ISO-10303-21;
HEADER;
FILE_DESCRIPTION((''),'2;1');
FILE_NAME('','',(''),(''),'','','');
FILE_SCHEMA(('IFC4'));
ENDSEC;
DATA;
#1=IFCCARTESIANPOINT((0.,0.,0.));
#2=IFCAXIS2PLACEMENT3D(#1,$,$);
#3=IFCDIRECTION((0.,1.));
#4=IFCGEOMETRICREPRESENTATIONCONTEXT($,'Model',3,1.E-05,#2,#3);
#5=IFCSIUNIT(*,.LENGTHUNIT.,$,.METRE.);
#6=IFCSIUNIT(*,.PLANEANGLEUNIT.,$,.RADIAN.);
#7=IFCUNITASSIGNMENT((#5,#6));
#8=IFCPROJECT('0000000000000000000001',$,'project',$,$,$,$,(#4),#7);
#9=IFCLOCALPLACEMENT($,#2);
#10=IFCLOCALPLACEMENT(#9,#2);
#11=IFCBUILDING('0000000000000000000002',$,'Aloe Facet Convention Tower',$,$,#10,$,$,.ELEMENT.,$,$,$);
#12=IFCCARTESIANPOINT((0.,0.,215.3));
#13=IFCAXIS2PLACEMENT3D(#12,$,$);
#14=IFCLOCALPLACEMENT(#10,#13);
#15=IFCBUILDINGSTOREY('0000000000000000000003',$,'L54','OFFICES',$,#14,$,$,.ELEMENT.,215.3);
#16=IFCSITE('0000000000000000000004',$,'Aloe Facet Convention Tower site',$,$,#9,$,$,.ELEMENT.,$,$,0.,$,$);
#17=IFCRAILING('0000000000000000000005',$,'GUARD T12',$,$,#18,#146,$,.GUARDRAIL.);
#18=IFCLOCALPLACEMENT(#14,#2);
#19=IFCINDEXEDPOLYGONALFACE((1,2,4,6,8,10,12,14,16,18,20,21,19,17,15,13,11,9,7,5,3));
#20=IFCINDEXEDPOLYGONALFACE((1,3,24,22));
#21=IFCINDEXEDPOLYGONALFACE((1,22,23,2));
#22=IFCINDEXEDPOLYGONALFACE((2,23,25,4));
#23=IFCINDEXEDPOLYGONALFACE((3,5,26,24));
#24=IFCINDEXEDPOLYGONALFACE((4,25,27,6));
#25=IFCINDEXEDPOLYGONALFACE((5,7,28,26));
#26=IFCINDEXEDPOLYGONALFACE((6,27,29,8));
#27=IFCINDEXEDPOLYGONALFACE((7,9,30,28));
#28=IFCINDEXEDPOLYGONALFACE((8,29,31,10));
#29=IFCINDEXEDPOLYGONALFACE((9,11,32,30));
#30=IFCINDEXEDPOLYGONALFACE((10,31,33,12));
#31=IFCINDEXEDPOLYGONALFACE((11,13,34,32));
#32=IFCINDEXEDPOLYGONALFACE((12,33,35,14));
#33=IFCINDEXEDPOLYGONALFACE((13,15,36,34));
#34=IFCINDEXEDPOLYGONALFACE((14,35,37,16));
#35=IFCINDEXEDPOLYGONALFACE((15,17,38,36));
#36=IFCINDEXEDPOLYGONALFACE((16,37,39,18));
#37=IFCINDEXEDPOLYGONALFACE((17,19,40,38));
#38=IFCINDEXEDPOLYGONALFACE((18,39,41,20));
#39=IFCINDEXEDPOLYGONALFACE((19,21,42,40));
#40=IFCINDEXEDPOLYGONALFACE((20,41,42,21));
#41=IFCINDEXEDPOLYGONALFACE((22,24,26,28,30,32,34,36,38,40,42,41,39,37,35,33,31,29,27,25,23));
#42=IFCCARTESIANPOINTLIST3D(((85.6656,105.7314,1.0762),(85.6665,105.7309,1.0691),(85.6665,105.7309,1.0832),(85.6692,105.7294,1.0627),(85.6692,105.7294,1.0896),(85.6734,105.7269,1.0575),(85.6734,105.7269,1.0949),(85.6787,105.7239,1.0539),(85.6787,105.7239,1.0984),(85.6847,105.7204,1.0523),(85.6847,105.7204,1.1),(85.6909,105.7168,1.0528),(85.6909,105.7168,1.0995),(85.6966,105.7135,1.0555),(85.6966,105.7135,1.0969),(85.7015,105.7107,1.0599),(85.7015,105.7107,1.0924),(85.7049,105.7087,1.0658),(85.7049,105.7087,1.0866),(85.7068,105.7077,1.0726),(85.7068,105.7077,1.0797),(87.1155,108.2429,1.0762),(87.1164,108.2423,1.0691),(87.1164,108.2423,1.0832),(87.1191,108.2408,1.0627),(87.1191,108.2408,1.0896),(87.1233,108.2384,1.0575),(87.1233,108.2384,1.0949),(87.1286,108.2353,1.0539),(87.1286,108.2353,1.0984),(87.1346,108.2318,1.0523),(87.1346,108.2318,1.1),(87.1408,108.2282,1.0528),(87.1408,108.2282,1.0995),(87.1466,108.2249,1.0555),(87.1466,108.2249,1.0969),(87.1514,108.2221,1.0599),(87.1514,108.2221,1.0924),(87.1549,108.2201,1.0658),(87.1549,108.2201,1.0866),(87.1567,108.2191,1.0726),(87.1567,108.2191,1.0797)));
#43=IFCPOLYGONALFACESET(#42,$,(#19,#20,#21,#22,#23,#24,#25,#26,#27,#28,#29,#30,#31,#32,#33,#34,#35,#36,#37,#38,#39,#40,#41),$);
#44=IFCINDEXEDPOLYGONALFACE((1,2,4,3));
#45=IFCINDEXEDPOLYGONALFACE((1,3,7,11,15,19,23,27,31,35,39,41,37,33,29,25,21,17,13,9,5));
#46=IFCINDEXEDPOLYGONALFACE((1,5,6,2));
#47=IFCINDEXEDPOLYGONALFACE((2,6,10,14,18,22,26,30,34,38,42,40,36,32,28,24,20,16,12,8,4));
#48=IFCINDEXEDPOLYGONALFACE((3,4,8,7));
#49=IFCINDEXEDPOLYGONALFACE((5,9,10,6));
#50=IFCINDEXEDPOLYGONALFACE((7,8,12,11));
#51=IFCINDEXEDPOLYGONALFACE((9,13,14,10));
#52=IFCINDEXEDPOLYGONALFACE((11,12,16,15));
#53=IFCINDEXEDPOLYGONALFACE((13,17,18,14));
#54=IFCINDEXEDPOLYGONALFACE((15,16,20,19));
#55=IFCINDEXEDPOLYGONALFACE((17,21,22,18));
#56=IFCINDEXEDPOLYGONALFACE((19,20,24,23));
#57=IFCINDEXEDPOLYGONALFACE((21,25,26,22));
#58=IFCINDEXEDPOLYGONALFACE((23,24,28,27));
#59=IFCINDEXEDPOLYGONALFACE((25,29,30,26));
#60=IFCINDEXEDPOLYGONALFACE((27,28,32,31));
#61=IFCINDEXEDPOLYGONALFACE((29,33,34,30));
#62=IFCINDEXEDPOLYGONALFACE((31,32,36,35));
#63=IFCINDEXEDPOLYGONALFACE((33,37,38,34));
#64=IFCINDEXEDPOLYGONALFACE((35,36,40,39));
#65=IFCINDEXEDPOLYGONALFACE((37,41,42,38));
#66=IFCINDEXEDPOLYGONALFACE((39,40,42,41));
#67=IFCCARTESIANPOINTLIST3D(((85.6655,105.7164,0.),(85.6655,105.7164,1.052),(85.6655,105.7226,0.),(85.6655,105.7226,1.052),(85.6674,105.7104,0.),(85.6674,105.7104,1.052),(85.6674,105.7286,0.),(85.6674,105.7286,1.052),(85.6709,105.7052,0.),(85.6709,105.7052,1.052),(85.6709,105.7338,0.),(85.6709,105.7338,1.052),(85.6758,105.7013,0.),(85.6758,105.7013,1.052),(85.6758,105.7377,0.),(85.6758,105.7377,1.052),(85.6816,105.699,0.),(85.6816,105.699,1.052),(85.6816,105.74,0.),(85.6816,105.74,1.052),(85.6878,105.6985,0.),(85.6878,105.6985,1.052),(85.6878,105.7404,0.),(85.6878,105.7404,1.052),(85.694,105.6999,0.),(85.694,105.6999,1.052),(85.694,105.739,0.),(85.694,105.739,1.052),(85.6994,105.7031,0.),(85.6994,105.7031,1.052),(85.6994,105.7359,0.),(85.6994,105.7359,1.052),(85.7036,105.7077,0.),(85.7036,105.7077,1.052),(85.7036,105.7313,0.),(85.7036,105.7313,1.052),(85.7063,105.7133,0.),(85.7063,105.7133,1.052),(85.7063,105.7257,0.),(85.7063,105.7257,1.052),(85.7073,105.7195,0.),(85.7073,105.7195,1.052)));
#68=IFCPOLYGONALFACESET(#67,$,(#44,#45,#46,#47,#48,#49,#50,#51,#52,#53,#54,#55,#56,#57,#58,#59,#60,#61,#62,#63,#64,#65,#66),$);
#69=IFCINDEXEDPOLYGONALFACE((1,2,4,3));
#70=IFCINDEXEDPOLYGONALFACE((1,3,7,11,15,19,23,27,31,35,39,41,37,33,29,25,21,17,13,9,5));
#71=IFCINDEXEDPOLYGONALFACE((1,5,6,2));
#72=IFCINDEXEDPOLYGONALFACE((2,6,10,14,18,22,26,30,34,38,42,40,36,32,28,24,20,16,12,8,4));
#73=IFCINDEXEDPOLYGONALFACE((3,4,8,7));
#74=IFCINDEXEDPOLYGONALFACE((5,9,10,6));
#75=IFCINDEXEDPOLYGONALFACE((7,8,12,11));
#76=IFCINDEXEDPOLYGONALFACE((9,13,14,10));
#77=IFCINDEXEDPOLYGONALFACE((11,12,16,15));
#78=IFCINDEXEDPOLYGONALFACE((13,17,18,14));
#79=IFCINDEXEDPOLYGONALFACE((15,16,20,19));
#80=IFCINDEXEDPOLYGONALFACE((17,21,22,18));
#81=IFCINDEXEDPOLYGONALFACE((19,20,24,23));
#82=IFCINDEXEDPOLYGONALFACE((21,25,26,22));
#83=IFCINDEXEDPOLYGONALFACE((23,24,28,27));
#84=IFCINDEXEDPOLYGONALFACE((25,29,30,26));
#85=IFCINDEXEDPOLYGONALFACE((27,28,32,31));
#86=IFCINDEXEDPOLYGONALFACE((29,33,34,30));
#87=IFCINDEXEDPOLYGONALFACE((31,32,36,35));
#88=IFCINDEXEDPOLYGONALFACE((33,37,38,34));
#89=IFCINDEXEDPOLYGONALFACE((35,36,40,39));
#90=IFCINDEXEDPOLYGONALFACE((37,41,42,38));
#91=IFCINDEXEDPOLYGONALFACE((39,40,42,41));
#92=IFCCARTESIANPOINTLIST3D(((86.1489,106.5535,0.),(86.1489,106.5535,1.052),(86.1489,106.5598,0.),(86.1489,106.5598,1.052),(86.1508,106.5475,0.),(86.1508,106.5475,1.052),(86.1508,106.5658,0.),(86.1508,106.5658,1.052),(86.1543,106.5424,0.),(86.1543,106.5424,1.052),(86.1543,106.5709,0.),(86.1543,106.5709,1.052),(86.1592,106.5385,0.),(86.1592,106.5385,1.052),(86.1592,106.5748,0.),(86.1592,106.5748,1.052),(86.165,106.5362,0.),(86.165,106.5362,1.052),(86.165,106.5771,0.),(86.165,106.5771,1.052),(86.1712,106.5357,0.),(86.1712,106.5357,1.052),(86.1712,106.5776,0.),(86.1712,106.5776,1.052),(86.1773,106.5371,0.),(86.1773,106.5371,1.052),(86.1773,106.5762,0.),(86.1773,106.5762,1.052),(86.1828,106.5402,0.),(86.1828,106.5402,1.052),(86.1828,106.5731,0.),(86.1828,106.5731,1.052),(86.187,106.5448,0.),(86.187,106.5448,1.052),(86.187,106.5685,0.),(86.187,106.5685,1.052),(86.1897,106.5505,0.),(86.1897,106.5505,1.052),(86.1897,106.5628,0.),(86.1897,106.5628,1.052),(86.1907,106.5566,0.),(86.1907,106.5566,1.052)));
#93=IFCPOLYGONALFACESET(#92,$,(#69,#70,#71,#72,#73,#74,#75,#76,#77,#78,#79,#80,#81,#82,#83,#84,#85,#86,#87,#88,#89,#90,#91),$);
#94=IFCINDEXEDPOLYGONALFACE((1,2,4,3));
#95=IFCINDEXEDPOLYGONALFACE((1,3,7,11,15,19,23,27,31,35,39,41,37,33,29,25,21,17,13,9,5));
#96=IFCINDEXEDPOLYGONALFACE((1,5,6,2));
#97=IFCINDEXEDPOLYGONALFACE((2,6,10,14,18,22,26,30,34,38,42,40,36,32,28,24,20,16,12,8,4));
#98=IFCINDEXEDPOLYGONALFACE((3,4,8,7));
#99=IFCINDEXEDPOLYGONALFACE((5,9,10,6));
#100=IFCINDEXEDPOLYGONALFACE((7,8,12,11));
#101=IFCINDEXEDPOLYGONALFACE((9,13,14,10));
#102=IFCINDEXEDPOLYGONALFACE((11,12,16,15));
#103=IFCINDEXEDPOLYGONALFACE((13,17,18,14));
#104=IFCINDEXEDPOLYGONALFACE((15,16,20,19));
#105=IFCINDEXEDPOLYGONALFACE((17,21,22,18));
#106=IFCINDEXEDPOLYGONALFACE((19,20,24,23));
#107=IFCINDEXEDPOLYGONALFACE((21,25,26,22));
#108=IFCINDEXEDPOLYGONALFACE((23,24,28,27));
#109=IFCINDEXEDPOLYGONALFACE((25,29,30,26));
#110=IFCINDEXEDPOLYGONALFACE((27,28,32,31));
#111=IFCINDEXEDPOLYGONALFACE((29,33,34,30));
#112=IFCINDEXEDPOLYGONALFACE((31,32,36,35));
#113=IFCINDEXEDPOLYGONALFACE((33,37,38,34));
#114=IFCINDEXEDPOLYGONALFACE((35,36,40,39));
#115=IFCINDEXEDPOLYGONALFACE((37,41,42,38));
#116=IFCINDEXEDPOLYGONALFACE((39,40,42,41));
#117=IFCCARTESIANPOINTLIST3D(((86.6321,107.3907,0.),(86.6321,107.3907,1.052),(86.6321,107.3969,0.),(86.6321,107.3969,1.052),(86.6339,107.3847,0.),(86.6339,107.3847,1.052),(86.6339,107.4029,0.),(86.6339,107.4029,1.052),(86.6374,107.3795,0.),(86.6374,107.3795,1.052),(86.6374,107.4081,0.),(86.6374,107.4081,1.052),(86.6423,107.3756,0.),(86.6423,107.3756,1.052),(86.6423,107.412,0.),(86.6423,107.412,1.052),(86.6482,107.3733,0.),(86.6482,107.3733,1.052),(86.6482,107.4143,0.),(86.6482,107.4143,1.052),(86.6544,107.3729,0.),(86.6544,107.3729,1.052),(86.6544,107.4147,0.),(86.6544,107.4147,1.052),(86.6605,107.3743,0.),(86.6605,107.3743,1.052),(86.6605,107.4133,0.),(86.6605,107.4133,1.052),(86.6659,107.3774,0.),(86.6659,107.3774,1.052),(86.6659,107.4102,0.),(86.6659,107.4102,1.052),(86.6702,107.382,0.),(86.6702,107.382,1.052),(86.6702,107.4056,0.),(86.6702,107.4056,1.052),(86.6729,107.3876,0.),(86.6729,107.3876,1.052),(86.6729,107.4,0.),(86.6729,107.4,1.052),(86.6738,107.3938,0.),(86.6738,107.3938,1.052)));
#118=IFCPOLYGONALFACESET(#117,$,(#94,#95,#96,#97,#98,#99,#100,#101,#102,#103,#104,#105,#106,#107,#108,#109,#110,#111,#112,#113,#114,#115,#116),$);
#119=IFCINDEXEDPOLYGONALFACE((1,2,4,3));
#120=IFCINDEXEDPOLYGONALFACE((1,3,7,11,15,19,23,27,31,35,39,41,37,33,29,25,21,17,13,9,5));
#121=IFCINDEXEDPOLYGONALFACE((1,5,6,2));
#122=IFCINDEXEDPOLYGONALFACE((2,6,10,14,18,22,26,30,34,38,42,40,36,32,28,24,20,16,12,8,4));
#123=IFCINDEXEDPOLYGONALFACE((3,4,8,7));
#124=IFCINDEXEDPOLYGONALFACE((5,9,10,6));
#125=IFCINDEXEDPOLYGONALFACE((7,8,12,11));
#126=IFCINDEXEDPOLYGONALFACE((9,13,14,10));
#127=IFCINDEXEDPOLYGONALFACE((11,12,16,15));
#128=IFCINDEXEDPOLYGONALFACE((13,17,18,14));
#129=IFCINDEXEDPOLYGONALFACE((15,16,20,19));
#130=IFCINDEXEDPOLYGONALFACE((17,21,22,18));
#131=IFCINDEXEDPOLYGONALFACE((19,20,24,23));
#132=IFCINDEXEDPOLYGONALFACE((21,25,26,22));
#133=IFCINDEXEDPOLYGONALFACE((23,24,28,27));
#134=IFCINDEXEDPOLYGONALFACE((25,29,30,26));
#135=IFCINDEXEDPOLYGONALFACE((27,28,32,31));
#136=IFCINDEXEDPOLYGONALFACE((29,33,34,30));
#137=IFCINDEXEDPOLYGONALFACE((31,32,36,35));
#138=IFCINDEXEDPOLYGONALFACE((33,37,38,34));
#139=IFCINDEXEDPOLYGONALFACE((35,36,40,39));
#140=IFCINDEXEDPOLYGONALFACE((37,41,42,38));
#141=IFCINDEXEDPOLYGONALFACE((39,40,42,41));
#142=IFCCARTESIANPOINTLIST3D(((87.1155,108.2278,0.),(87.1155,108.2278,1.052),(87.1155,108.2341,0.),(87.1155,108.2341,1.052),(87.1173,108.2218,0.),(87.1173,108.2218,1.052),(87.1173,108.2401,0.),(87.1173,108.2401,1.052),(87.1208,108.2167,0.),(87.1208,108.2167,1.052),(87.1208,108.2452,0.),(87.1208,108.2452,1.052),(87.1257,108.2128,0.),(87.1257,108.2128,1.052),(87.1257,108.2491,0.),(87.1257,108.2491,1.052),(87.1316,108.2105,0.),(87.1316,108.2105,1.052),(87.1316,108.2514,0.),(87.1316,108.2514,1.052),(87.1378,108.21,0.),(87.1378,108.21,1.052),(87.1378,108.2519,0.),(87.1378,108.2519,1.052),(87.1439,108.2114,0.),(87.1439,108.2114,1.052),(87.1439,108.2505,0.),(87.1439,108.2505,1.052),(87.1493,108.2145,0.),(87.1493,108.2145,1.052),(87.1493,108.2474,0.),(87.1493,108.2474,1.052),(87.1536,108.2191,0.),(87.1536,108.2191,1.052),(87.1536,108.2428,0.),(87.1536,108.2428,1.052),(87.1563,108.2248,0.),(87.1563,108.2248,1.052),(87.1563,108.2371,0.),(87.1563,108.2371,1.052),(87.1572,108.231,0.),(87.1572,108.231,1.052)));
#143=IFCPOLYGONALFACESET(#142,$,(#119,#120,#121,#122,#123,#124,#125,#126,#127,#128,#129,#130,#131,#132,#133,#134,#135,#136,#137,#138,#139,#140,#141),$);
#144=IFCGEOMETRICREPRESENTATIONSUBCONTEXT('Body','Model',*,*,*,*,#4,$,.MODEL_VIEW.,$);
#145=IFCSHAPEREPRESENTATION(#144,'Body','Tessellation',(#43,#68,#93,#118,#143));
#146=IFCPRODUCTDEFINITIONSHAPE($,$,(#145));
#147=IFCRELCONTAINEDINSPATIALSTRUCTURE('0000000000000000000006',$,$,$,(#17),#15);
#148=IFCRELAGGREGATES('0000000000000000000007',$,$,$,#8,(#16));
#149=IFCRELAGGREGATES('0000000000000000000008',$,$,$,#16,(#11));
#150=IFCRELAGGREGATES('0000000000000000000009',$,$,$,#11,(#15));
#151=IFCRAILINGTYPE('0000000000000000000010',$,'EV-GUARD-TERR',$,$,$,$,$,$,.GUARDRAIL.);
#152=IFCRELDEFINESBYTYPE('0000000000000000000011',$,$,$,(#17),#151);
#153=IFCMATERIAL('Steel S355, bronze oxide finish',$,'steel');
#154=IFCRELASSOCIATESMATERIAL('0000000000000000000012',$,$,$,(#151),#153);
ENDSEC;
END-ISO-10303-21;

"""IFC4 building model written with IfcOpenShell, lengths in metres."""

from ifc_helpers import new_model, si_unit, direction, frame, origin, origin_2d, place, context, subcontext, project, spatial, circle, extrude, material, type_object, element, save


model = new_model("IFC4")

# Units and contexts
model_context = context("Model", 3, precision=1e-05, world=origin(), true_north=direction((0.0, 1.0)))
body_context = subcontext(model_context, "Body", "Model", "MODEL_VIEW")
ifc_project = project(units=[si_unit("LENGTHUNIT", "METRE"), si_unit("PLANEANGLEUNIT", "RADIAN")], contexts=[model_context])

# Site, building, storey
site_placement = place(None, origin())
site = spatial("IfcSite", under=ifc_project, at=site_placement, Name="Aloe Facet Convention Tower site", CompositionType="ELEMENT", RefElevation=0.0)
building_placement = place(site_placement, origin())
building = spatial("IfcBuilding", under=site, at=building_placement, Name="Aloe Facet Convention Tower", CompositionType="ELEMENT")
storey_placement = place(building_placement, frame((0.0, 0.0, 215.3)))
storey = spatial("IfcBuildingStorey", under=building, at=storey_placement, Name="L54", Description="OFFICES", CompositionType="ELEMENT", Elevation=215.3)

# Railing
ifc_material_1 = material(Name="Steel S355, bronze oxide finish", Category="steel")
railing_type = type_object("IfcRailingType", Name="EV-GUARD-TERR", PredefinedType="GUARDRAIL", material=ifc_material_1)
railing_placement = place(storey_placement, frame((85.6863, 105.7195, 0.0)))
element("IfcRailing", 1, at=railing_placement, inside=storey, type_object=railing_type, Name="GUARD T12", PredefinedType="GUARDRAIL", context=body_context, shape_type="SweptSolid", body=[
    extrude(circle(Radius=0.0239, at=origin_2d()), frame((0.0, 0.0, 1.0762), z_axis=(0.499987, 0.866033, 0.0), x_axis=(-0.866033, 0.499987, 0.0)), (0.0, 0.0, 1.0), 2.8999),
    extrude(circle(Radius=0.021, at=origin_2d()), origin(), (0.0, 0.0, 1.0), 1.052),
    extrude(circle(Radius=0.021, at=origin_2d()), frame((0.4834, 0.8372, 0.0)), (0.0, 0.0, 1.0), 1.052),
    extrude(circle(Radius=0.021, at=origin_2d()), frame((0.9666, 1.6743, 0.0)), (0.0, 0.0, 1.0), 1.052),
    extrude(circle(Radius=0.021, at=origin_2d()), frame((1.45, 2.5115, 0.0)), (0.0, 0.0, 1.0), 1.052),
])

save(model, "model.ifc")
